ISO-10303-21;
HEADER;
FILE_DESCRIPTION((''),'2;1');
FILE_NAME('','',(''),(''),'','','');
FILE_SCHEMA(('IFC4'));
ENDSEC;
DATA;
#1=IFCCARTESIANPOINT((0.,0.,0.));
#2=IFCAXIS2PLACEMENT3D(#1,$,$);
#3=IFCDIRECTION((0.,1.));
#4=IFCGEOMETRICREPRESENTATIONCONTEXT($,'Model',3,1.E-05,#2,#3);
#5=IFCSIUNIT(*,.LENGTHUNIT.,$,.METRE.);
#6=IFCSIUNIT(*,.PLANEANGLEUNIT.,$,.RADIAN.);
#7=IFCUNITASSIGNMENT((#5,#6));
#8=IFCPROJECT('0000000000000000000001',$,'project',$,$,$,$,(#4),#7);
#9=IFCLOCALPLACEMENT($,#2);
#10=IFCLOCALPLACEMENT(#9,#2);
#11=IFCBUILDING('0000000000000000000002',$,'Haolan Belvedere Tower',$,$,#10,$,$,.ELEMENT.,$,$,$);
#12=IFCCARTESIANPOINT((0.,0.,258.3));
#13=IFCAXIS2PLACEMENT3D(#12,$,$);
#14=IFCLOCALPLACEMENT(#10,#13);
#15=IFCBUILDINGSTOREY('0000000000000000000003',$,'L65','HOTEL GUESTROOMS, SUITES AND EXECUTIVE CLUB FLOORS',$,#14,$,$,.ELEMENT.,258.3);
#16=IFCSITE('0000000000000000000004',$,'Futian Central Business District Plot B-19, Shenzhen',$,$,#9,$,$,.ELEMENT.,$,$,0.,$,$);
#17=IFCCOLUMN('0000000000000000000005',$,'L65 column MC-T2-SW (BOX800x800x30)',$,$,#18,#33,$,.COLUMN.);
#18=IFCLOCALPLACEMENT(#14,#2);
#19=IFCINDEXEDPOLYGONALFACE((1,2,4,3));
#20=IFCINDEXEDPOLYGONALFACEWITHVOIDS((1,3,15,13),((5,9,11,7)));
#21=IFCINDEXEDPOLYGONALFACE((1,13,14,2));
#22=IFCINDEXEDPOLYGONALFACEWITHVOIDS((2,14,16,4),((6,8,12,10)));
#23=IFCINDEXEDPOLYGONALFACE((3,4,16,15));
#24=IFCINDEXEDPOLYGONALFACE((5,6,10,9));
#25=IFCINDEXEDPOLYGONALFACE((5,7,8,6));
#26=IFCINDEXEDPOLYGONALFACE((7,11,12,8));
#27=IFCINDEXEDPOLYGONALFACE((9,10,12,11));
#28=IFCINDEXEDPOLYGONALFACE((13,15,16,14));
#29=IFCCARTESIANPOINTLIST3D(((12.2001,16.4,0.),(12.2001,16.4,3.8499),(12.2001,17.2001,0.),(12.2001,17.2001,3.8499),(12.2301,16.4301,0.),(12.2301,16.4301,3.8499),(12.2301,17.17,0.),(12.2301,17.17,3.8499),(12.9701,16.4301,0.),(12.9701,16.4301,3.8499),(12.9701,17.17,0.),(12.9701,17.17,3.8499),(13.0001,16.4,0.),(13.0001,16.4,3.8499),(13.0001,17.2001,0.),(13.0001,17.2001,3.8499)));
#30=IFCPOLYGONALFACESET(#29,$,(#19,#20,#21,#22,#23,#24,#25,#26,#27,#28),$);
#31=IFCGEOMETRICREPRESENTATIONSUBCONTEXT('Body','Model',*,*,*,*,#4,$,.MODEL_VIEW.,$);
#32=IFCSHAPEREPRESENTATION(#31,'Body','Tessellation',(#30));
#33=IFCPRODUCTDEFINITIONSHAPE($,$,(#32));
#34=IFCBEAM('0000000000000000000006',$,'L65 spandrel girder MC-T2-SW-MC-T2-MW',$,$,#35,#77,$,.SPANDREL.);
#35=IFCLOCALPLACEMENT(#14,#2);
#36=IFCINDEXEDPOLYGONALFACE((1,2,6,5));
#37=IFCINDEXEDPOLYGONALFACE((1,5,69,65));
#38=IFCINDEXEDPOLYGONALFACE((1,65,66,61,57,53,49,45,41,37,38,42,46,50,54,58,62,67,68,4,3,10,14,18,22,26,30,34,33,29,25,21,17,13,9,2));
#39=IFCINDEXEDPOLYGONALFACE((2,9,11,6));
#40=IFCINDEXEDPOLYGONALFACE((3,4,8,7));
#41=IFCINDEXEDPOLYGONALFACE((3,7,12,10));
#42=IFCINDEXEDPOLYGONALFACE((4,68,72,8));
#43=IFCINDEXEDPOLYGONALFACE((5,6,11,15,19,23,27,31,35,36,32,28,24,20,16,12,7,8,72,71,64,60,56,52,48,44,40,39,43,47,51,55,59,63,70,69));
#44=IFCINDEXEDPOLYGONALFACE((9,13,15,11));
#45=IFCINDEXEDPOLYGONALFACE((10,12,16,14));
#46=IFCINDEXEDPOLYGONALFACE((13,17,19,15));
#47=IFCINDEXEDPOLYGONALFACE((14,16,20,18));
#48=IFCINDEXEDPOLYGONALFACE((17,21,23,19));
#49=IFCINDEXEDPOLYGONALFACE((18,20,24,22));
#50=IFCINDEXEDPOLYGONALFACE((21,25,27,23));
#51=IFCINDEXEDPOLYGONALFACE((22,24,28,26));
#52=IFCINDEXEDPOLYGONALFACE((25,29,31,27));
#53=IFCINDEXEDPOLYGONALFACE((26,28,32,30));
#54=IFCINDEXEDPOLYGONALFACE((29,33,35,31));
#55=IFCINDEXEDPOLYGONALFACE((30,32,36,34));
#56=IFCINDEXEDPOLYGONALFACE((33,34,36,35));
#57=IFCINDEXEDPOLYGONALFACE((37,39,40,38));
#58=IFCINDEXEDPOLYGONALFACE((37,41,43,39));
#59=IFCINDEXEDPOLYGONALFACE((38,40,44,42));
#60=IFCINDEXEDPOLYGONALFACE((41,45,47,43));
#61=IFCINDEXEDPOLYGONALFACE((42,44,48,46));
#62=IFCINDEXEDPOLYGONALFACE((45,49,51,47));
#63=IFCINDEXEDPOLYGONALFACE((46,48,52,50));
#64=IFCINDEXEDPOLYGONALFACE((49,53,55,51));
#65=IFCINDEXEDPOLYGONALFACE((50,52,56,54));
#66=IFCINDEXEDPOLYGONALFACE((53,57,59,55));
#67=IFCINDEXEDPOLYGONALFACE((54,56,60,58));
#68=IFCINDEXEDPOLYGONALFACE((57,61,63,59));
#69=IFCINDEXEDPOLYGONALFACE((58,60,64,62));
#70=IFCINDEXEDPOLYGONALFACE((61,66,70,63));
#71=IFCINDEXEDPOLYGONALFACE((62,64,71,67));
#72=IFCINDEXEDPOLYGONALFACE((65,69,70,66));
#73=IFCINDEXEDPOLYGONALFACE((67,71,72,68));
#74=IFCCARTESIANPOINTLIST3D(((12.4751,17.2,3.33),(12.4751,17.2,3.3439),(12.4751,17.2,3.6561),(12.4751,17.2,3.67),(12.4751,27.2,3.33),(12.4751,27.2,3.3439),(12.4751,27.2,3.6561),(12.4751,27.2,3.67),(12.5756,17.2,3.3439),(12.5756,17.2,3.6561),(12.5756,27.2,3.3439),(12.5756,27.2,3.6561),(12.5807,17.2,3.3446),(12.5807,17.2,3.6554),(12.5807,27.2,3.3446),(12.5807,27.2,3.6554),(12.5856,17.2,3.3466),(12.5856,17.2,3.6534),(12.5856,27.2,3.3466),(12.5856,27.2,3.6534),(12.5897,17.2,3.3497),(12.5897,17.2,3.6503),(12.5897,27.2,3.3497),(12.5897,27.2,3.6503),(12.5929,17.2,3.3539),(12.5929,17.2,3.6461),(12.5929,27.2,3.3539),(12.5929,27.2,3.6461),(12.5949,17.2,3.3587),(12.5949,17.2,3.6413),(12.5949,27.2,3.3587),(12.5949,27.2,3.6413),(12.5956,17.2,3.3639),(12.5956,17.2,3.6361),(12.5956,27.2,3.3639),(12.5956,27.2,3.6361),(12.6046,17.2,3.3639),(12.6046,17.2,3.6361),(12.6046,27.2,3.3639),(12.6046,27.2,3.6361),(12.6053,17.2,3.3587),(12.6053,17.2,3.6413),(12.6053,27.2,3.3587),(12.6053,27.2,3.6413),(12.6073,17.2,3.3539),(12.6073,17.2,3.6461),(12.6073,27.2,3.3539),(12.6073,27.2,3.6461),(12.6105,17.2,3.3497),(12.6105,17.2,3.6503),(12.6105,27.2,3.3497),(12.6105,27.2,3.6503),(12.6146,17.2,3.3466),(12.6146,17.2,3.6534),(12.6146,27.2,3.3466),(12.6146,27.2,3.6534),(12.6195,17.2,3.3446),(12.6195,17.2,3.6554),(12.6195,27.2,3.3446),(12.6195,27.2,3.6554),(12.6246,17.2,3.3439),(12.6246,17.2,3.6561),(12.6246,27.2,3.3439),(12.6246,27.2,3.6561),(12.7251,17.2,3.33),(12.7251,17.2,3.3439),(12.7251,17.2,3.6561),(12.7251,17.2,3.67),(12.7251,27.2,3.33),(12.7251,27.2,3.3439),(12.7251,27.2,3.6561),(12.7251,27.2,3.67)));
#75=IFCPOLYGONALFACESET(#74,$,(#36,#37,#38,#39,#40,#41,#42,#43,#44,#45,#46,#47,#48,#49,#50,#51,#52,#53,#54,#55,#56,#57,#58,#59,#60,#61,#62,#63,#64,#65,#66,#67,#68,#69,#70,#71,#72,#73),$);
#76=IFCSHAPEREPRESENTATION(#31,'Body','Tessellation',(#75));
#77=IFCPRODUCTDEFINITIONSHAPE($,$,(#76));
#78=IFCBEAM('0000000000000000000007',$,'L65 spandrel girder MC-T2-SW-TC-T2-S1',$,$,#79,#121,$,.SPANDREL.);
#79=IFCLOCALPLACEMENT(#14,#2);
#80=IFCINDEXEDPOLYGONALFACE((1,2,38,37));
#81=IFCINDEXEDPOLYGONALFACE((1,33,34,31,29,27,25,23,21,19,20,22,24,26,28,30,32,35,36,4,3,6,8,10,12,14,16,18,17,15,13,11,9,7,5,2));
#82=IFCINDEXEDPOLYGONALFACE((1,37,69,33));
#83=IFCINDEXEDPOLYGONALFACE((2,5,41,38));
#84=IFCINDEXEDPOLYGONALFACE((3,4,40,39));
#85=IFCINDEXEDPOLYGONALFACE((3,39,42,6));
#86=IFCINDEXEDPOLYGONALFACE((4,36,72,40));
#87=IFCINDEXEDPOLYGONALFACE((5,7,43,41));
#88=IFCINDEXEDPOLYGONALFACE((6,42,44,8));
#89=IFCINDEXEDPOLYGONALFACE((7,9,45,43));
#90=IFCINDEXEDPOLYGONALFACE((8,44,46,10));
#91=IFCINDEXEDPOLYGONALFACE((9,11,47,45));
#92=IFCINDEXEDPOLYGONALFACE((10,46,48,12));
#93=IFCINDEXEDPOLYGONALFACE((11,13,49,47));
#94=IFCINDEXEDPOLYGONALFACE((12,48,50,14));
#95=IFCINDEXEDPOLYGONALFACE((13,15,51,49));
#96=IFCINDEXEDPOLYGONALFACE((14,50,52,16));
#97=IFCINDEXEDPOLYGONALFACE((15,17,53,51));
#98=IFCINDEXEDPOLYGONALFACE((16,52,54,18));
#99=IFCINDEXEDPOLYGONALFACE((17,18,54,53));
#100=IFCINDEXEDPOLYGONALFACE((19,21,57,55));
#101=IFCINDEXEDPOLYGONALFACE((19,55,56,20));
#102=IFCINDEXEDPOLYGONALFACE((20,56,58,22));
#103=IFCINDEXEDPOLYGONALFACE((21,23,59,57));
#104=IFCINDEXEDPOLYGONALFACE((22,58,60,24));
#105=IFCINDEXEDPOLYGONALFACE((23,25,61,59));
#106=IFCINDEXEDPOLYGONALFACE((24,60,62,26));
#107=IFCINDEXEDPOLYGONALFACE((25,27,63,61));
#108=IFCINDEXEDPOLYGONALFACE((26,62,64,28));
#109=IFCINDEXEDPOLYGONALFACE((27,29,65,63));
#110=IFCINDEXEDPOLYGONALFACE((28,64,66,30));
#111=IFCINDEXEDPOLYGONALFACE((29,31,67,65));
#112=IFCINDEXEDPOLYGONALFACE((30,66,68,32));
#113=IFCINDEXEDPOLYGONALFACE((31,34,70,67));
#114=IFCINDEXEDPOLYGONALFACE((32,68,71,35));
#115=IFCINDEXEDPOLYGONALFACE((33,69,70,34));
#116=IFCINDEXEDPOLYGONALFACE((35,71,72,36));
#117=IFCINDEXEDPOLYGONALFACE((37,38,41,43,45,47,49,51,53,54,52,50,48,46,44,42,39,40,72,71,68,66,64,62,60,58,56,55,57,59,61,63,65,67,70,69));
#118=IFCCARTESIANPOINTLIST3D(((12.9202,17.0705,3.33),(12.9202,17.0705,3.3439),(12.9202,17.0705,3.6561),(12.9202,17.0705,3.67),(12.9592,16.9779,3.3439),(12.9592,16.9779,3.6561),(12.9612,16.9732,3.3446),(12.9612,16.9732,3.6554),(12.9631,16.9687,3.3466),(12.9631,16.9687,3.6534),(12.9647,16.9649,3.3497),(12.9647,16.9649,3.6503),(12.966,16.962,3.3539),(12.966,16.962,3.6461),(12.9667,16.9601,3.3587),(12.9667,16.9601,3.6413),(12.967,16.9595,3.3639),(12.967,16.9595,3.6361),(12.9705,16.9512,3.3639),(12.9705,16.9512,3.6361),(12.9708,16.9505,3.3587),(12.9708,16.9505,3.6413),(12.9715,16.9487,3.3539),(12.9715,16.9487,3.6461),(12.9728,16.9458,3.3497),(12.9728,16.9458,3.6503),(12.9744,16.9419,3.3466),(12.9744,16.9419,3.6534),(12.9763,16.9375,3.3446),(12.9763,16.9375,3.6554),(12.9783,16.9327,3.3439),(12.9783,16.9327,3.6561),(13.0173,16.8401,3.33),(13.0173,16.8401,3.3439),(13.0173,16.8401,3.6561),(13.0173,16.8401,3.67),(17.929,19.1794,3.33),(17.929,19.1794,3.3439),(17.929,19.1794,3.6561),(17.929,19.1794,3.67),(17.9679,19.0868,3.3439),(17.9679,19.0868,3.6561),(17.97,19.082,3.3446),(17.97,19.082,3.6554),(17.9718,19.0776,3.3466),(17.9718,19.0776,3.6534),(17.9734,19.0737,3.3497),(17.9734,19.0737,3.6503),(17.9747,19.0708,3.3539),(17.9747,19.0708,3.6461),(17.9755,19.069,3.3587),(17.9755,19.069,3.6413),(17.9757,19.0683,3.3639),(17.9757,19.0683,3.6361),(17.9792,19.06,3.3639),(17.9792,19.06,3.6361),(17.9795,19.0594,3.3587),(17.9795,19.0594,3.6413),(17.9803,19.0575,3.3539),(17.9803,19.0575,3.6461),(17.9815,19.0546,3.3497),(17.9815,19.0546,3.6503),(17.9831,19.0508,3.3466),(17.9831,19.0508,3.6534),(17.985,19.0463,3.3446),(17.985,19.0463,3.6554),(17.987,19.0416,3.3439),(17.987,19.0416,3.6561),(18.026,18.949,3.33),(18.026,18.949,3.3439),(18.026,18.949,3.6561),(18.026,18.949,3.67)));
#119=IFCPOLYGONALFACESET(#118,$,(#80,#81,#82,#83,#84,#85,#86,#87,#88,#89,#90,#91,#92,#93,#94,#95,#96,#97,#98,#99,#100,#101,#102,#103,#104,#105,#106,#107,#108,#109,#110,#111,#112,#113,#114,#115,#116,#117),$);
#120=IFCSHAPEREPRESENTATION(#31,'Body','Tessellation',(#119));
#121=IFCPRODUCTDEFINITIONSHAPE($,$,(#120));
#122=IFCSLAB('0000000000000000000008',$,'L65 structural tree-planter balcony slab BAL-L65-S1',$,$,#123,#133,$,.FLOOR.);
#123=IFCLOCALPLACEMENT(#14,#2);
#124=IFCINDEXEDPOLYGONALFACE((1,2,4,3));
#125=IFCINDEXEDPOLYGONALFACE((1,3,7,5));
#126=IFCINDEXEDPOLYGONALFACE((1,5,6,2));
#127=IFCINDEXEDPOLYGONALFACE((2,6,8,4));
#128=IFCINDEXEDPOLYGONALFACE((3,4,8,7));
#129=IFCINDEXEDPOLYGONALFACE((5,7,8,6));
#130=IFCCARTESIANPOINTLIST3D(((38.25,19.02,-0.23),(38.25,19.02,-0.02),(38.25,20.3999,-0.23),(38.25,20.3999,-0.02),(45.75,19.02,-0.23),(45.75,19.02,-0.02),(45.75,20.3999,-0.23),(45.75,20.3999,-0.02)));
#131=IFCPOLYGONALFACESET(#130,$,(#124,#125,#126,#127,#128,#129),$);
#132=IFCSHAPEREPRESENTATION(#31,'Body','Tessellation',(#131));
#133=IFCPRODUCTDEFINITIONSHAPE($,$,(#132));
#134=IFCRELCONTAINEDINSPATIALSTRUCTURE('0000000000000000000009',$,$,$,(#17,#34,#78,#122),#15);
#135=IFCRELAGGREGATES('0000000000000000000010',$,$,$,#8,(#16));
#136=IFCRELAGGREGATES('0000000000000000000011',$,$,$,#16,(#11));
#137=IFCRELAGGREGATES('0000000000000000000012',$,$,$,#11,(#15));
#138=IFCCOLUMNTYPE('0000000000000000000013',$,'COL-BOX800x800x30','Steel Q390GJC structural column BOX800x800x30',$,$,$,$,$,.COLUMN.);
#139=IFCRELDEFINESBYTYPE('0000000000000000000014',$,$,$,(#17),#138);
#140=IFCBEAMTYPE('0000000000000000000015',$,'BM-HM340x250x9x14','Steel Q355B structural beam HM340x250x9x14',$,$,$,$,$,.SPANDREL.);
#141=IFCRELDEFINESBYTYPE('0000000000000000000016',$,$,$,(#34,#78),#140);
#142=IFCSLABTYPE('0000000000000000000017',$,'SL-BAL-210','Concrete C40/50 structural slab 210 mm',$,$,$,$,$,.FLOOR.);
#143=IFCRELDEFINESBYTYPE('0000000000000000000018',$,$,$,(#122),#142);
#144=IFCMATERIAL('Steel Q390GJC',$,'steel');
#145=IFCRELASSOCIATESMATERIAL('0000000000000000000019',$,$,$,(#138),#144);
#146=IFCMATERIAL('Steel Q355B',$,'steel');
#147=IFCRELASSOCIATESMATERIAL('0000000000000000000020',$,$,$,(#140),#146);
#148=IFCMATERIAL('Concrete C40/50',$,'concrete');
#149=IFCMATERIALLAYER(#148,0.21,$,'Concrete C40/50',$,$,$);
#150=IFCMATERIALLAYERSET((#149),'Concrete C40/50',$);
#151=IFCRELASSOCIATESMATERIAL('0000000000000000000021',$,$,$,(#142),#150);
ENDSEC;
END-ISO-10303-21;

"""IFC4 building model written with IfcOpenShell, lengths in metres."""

from ifc_helpers import new_model, si_unit, direction, frame, origin, origin_2d, place, context, subcontext, project, spatial, polyline, hollow_rectangle, i_section, outline, extrude, material, layer, layer_set, material_profile, profile_set, type_object, element, save


model = new_model("IFC4")

# Units and contexts
model_context = context("Model", 3, precision=1e-05, world=origin(), true_north=direction((0.0, 1.0)))
body_context = subcontext(model_context, "Body", "Model", "MODEL_VIEW")
ifc_project = project(units=[si_unit("LENGTHUNIT", "METRE"), si_unit("PLANEANGLEUNIT", "RADIAN")], contexts=[model_context])

# Site, building, storey
site_placement = place(None, origin())
site = spatial("IfcSite", under=ifc_project, at=site_placement, Name="Futian Central Business District Plot B-19, Shenzhen", CompositionType="ELEMENT", RefElevation=0.0)
building_placement = place(site_placement, origin())
building = spatial("IfcBuilding", under=site, at=building_placement, Name="Haolan Belvedere Tower", CompositionType="ELEMENT")
storey_placement = place(building_placement, frame((0.0, 0.0, 258.3)))
storey = spatial("IfcBuildingStorey", under=building, at=storey_placement, Name="L65", Description="HOTEL GUESTROOMS, SUITES AND EXECUTIVE CLUB FLOORS", CompositionType="ELEMENT", Elevation=258.3)

# Column
ifc_material_1 = material(Name="Steel Q390GJC", Category="steel")
ifc_material_profile_1 = material_profile(ifc_material_1, hollow_rectangle(XDim=0.8, YDim=0.8, WallThickness=0.03, at=origin_2d()), Name="Steel Q390GJC")
ifc_profile_set_1 = profile_set([ifc_material_profile_1], Name="Steel Q390GJC")
column_type = type_object("IfcColumnType", Name="COL-BOX800x800x30", Description="Steel Q390GJC structural column BOX800x800x30", PredefinedType="COLUMN", material=ifc_profile_set_1)
column_placement = place(storey_placement, frame((12.6001, 16.8, 0.0), z_axis=(0.0, 0.0, 1.0), x_axis=(1.0, 0.0, 0.0)))
element("IfcColumn", 1, at=column_placement, inside=storey, type_object=column_type, Name="L65 column MC-T2-SW (BOX800x800x30)", PredefinedType="COLUMN", context=body_context, shape_type="SweptSolid", body=[
    extrude(hollow_rectangle(XDim=0.8, YDim=0.8, WallThickness=0.03, at=origin_2d()), origin(), (0.0, 0.0, 1.0), 3.8499),
])

# Beams
ifc_material_2 = material(Name="Steel Q355B", Category="steel")
ifc_material_profile_2 = material_profile(ifc_material_2, i_section(OverallWidth=0.25, OverallDepth=0.3401, WebThickness=0.009, FlangeThickness=0.0139, FilletRadius=0.02, at=origin_2d()), Name="Steel Q355B")
ifc_profile_set_2 = profile_set([ifc_material_profile_2], Name="Steel Q355B")
beam_type = type_object("IfcBeamType", Name="BM-HM340x250x9x14", Description="Steel Q355B structural beam HM340x250x9x14", PredefinedType="SPANDREL", material=ifc_profile_set_2)
beam_1_placement = place(storey_placement, frame((12.6001, 17.2, 3.5), z_axis=(0.0, 1.0, 0.0), x_axis=(-1.0, 0.0, 0.0)))
element("IfcBeam", 2, at=beam_1_placement, inside=storey, type_object=beam_type, Name="L65 spandrel girder MC-T2-SW-MC-T2-MW", PredefinedType="SPANDREL", context=body_context, shape_type="SweptSolid", body=[
    extrude(i_section(OverallWidth=0.25, OverallDepth=0.3401, WebThickness=0.009, FlangeThickness=0.0139, FilletRadius=0.02, at=origin_2d()), origin(), (0.0, 0.0, 1.0), 10.0),
])
beam_2_placement = place(storey_placement, frame((12.9688, 16.9553, 3.5), z_axis=(0.92164, 0.388045, 0.0), x_axis=(-0.388045, 0.92164, 0.0)))
element("IfcBeam", 3, at=beam_2_placement, inside=storey, type_object=beam_type, Name="L65 spandrel girder MC-T2-SW-TC-T2-S1", PredefinedType="SPANDREL", context=body_context, shape_type="SweptSolid", body=[
    extrude(i_section(OverallWidth=0.25, OverallDepth=0.3401, WebThickness=0.009, FlangeThickness=0.0139, FilletRadius=0.02, at=origin_2d()), origin(), (0.0, 0.0, 1.0), 5.4346),
])

# Slab
ifc_material_3 = material(Name="Concrete C40/50", Category="concrete")
ifc_layer_1 = layer(ifc_material_3, 0.21, Name="Concrete C40/50")
ifc_layer_set_1 = layer_set([ifc_layer_1], Name="Concrete C40/50")
slab_type_1 = type_object("IfcSlabType", Name="SL-BAL-210", Description="Concrete C40/50 structural slab 210 mm", PredefinedType="FLOOR", material=ifc_layer_set_1)
slab_1_placement = place(storey_placement, frame((0.0, 0.0, -0.23)))
element("IfcSlab", 4, at=slab_1_placement, inside=storey, type_object=slab_type_1, Name="L65 structural tree-planter balcony slab BAL-L65-S1", PredefinedType="FLOOR", context=body_context, shape_type="SweptSolid", body=[
    extrude(outline(polyline([(38.25, 19.02), (45.75, 19.02), (45.75, 20.3999), (38.25, 20.3999), (38.25, 19.02)])), origin(), (0.0, 0.0, 1.0), 0.21),
])

save(model, "model.ifc")
